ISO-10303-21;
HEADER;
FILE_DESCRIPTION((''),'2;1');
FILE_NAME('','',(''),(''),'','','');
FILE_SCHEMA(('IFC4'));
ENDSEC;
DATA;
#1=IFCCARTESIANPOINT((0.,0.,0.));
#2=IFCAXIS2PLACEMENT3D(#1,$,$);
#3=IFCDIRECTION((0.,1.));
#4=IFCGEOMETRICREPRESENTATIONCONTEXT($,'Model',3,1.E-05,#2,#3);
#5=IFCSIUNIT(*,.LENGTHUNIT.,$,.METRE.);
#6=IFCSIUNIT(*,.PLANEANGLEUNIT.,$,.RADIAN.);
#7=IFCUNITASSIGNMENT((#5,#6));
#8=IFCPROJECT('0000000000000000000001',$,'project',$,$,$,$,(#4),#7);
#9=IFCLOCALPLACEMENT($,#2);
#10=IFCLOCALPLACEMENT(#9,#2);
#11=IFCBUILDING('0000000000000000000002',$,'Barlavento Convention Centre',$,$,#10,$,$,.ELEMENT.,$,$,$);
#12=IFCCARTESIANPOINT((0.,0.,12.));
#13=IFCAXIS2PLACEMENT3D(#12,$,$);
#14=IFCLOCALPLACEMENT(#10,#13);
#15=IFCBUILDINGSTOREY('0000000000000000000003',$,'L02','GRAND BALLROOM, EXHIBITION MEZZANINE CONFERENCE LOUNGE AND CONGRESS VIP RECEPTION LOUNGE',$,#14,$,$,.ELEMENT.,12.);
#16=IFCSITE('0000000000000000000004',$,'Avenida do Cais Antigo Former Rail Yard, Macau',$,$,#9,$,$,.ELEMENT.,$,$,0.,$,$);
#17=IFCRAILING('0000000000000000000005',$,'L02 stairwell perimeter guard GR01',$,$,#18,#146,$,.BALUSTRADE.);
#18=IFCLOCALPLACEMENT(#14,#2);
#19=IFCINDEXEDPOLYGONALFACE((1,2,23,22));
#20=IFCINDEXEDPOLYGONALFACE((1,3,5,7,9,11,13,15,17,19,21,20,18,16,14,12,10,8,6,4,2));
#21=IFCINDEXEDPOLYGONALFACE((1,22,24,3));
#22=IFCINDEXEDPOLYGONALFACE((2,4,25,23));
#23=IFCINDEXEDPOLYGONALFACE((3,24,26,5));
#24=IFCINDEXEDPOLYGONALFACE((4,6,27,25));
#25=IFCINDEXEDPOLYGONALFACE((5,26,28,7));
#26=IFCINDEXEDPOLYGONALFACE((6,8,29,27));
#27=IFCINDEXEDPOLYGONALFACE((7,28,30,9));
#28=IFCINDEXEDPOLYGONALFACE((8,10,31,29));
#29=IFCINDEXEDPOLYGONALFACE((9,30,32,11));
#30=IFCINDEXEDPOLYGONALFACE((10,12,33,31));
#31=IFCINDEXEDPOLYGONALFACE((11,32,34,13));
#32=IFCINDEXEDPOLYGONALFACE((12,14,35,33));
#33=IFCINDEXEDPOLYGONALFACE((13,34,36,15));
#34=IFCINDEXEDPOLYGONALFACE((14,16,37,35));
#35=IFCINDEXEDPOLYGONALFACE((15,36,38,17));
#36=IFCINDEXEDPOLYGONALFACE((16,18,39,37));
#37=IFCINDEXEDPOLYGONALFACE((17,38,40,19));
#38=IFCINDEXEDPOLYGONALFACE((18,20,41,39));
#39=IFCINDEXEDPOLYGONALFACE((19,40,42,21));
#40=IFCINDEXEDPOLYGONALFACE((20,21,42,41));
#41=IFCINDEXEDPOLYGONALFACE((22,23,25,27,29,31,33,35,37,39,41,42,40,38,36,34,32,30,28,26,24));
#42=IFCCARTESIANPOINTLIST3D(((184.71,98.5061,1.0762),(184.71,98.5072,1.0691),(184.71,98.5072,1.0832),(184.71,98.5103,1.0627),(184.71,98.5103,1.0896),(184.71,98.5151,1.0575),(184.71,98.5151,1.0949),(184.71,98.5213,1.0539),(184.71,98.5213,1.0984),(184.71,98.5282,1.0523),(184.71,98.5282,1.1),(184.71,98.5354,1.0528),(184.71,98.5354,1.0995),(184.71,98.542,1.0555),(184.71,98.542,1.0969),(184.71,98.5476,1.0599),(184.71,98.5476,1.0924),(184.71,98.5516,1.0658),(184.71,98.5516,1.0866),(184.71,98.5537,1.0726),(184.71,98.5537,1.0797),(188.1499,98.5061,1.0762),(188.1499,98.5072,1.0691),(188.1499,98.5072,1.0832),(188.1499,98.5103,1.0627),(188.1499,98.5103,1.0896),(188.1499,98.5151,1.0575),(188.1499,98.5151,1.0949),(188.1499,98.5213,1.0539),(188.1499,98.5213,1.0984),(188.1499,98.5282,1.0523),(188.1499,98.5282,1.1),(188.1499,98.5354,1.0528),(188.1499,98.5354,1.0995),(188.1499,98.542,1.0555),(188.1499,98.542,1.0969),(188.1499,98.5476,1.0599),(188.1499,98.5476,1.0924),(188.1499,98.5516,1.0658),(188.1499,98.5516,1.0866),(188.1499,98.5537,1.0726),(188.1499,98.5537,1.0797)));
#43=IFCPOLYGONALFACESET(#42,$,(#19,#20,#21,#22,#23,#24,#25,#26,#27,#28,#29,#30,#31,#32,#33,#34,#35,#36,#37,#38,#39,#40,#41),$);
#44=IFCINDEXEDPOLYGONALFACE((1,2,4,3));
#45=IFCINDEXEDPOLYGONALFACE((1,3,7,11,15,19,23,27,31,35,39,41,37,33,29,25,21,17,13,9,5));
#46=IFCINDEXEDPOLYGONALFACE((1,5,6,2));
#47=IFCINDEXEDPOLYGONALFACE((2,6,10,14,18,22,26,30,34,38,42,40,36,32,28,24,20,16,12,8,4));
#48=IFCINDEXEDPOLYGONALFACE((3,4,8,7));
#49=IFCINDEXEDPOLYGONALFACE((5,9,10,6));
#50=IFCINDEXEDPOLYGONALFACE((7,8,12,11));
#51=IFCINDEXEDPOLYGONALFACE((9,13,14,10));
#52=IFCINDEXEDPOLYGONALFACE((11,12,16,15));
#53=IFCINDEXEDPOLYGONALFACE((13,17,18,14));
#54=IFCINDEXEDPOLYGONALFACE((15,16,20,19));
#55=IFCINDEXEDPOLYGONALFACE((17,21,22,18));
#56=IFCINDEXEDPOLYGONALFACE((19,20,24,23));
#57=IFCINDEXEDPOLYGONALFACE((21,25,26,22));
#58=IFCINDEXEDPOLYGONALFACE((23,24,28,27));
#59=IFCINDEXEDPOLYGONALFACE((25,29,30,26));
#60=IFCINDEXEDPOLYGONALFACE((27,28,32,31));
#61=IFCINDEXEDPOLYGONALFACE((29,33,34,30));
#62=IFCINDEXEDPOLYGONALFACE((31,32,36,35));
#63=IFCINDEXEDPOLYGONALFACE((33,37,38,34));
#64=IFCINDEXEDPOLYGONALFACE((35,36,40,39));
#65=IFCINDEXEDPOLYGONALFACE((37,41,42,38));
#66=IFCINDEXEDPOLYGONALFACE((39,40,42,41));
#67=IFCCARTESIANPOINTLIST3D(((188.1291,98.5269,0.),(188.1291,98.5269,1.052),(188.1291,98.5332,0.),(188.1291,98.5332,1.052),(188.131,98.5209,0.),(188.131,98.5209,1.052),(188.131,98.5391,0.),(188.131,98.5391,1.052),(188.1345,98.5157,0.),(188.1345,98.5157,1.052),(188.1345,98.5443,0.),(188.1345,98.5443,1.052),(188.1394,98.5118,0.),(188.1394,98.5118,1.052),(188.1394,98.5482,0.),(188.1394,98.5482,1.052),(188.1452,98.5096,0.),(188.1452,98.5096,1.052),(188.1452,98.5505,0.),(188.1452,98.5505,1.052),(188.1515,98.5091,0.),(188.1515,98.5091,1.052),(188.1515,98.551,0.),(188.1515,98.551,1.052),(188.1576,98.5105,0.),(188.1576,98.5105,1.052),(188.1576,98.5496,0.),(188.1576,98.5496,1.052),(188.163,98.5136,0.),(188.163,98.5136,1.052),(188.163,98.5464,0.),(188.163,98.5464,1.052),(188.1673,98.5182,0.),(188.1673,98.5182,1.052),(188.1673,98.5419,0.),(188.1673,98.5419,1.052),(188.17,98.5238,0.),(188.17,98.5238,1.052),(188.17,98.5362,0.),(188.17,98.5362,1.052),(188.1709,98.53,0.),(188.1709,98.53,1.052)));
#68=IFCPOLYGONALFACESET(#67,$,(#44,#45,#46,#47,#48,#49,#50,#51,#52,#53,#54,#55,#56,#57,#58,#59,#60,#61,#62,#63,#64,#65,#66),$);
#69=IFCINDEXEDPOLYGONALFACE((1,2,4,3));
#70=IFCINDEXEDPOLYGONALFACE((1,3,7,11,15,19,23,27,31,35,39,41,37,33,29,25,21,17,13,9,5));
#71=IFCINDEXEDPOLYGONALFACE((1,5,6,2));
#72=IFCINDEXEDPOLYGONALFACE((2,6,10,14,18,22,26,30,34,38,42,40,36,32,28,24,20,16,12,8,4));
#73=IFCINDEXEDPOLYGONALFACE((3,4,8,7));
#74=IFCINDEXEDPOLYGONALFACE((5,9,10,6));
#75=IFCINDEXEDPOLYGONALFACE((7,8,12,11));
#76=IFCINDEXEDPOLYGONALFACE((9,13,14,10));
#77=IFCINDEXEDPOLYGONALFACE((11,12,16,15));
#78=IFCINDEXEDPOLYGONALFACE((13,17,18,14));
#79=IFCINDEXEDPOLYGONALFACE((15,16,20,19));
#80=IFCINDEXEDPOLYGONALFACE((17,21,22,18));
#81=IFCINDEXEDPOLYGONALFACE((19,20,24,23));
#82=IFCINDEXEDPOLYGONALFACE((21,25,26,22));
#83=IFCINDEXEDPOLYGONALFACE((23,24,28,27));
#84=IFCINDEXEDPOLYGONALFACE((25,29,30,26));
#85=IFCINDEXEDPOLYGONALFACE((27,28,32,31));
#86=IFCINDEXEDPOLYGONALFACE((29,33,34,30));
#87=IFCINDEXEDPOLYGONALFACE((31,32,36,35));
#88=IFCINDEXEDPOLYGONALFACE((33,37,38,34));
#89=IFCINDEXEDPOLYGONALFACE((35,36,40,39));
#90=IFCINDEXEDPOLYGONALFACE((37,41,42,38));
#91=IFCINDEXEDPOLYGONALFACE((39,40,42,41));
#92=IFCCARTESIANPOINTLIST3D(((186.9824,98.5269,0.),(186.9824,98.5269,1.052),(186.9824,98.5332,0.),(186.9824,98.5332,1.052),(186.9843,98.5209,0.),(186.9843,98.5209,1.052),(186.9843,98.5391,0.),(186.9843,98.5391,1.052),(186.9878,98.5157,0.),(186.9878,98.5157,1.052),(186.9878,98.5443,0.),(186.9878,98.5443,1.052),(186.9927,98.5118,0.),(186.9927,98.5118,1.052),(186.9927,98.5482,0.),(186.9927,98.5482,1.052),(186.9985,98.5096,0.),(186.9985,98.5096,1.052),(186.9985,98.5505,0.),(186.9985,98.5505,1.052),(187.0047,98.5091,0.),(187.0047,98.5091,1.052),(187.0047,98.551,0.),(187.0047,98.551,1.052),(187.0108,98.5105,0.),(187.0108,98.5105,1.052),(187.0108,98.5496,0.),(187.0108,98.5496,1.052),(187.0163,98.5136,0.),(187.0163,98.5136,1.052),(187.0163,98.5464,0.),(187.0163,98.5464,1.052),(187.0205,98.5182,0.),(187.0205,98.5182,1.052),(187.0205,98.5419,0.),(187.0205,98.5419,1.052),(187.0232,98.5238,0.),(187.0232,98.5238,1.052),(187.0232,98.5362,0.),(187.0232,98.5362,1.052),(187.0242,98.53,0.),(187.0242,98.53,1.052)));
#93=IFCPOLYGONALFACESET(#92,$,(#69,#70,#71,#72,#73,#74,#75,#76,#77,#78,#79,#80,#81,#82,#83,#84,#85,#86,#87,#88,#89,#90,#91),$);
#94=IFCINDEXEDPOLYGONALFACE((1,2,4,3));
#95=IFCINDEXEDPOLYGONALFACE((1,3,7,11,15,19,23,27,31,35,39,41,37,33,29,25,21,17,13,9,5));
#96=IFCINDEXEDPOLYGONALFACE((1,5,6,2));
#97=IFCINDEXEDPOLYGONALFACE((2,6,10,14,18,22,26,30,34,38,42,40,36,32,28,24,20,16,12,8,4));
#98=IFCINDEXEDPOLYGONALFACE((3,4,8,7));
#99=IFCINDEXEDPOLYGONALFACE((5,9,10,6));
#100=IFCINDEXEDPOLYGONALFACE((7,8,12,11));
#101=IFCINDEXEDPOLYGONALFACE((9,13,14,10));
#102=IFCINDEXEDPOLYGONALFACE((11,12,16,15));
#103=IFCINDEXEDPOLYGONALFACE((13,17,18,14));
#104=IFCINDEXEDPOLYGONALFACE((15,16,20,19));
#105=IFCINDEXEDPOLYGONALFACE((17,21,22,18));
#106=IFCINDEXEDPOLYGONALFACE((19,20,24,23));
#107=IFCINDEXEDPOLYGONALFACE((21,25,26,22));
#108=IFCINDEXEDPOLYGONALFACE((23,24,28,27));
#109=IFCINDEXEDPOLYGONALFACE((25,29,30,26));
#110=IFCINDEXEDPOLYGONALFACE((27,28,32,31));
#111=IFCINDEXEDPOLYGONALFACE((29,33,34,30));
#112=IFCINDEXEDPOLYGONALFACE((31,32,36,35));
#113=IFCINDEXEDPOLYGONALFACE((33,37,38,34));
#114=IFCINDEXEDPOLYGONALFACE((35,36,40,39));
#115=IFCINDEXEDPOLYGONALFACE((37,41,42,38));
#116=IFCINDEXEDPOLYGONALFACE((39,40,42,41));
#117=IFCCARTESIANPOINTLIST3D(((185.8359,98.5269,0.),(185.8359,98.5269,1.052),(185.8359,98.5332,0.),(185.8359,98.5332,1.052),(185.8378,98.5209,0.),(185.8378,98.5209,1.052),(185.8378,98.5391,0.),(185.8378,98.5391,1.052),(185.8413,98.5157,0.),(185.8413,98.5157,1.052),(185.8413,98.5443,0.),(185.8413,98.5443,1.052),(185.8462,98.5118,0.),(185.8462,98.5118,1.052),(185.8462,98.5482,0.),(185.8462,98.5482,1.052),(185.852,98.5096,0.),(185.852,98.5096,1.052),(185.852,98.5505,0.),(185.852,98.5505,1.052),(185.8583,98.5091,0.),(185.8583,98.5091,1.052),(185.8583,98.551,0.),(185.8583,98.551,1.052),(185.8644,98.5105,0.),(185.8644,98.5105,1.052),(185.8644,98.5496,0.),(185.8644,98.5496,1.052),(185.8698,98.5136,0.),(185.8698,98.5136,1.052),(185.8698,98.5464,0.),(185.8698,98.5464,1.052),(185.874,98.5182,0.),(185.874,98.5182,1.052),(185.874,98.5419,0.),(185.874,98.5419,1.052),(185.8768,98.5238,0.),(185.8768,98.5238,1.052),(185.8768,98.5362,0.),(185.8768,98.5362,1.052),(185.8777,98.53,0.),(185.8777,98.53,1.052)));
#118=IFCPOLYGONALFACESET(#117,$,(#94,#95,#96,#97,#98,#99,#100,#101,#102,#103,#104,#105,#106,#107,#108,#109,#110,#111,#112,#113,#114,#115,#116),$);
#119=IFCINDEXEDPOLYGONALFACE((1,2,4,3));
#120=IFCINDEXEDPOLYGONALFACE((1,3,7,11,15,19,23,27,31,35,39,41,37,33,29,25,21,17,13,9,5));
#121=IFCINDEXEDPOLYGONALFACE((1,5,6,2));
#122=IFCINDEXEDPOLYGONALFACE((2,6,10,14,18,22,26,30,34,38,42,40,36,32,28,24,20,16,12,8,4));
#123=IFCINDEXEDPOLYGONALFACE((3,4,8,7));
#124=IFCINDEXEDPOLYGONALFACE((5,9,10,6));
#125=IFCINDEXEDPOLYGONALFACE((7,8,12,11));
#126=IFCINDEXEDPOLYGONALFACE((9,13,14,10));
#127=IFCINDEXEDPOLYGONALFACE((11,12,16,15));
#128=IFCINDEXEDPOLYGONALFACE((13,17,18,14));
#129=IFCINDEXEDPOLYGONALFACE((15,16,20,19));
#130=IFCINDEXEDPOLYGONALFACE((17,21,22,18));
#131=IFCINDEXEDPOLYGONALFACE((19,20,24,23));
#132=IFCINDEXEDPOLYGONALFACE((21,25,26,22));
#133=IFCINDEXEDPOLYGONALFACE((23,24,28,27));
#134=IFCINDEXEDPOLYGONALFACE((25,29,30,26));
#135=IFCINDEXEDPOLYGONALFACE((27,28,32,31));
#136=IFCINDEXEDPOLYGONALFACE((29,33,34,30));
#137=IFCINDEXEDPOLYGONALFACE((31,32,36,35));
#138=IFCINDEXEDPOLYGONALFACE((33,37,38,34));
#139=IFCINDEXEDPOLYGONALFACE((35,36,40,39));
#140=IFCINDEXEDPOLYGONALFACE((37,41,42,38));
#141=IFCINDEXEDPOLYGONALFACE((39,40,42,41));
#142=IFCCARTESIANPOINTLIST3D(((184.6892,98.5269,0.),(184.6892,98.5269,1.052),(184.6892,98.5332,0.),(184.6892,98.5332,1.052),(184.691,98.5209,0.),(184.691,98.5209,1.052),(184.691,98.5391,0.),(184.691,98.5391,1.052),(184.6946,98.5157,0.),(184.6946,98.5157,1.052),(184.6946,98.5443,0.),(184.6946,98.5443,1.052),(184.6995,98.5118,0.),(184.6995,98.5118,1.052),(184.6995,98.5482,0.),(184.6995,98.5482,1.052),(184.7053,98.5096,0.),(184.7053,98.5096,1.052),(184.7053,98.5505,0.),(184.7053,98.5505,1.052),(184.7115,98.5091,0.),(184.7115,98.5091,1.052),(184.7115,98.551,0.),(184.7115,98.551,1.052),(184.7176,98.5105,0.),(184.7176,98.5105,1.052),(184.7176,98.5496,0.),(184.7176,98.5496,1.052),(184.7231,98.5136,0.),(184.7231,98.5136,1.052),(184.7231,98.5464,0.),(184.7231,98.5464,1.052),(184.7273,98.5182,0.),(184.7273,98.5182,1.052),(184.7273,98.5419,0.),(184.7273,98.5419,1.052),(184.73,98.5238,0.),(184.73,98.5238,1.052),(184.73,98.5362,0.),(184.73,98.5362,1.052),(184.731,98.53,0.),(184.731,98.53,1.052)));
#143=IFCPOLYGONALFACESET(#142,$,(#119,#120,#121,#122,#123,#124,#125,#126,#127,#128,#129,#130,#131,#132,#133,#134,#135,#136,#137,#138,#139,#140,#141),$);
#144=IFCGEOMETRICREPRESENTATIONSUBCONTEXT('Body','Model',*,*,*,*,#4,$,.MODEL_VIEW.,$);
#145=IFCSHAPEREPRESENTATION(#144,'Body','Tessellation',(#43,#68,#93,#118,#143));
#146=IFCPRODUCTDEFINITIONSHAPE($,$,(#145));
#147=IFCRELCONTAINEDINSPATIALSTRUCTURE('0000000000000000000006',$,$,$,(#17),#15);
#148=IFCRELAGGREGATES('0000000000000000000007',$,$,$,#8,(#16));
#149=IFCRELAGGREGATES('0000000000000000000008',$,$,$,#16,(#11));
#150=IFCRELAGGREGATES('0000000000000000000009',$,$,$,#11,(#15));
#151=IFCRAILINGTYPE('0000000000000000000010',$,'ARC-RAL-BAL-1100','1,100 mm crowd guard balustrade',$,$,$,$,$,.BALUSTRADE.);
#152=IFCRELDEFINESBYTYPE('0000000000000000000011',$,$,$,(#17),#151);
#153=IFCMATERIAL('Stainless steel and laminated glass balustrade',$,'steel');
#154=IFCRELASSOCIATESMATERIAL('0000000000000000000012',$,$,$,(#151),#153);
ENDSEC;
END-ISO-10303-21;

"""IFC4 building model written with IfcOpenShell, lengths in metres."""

from ifc_helpers import new_model, si_unit, direction, frame, origin, origin_2d, place, context, subcontext, project, spatial, circle, extrude, material, type_object, element, save


model = new_model("IFC4")

# Units and contexts
model_context = context("Model", 3, precision=1e-05, world=origin(), true_north=direction((0.0, 1.0)))
body_context = subcontext(model_context, "Body", "Model", "MODEL_VIEW")
ifc_project = project(units=[si_unit("LENGTHUNIT", "METRE"), si_unit("PLANEANGLEUNIT", "RADIAN")], contexts=[model_context])

# Site, building, storey
site_placement = place(None, origin())
site = spatial("IfcSite", under=ifc_project, at=site_placement, Name="Avenida do Cais Antigo Former Rail Yard, Macau", CompositionType="ELEMENT", RefElevation=0.0)
building_placement = place(site_placement, origin())
building = spatial("IfcBuilding", under=site, at=building_placement, Name="Barlavento Convention Centre", CompositionType="ELEMENT")
storey_placement = place(building_placement, frame((0.0, 0.0, 12.0)))
storey = spatial("IfcBuildingStorey", under=building, at=storey_placement, Name="L02", Description="GRAND BALLROOM, EXHIBITION MEZZANINE CONFERENCE LOUNGE AND CONGRESS VIP RECEPTION LOUNGE", CompositionType="ELEMENT", Elevation=12.0)

# Railing
ifc_material_1 = material(Name="Stainless steel and laminated glass balustrade", Category="steel")
railing_type = type_object("IfcRailingType", Name="ARC-RAL-BAL-1100", Description="1,100 mm crowd guard balustrade", PredefinedType="BALUSTRADE", material=ifc_material_1)
railing_placement = place(storey_placement, frame((188.1499, 98.53, 0.0)))
element("IfcRailing", 1, at=railing_placement, inside=storey, type_object=railing_type, Name="L02 stairwell perimeter guard GR01", PredefinedType="BALUSTRADE", context=body_context, shape_type="SweptSolid", body=[
    extrude(circle(Radius=0.0239, at=origin_2d()), frame((0.0, 0.0, 1.0762), z_axis=(-1.0, 0.0, 0.0), x_axis=(0.0, -1.0, 0.0)), (0.0, 0.0, 1.0), 3.4399),
    extrude(circle(Radius=0.021, at=origin_2d()), origin(), (0.0, 0.0, 1.0), 1.052),
    extrude(circle(Radius=0.021, at=origin_2d()), frame((-1.1467, 0.0, 0.0)), (0.0, 0.0, 1.0), 1.052),
    extrude(circle(Radius=0.021, at=origin_2d()), frame((-2.2932, 0.0, 0.0)), (0.0, 0.0, 1.0), 1.052),
    extrude(circle(Radius=0.021, at=origin_2d()), frame((-3.4399, 0.0, 0.0)), (0.0, 0.0, 1.0), 1.052),
])

save(model, "model.ifc")
